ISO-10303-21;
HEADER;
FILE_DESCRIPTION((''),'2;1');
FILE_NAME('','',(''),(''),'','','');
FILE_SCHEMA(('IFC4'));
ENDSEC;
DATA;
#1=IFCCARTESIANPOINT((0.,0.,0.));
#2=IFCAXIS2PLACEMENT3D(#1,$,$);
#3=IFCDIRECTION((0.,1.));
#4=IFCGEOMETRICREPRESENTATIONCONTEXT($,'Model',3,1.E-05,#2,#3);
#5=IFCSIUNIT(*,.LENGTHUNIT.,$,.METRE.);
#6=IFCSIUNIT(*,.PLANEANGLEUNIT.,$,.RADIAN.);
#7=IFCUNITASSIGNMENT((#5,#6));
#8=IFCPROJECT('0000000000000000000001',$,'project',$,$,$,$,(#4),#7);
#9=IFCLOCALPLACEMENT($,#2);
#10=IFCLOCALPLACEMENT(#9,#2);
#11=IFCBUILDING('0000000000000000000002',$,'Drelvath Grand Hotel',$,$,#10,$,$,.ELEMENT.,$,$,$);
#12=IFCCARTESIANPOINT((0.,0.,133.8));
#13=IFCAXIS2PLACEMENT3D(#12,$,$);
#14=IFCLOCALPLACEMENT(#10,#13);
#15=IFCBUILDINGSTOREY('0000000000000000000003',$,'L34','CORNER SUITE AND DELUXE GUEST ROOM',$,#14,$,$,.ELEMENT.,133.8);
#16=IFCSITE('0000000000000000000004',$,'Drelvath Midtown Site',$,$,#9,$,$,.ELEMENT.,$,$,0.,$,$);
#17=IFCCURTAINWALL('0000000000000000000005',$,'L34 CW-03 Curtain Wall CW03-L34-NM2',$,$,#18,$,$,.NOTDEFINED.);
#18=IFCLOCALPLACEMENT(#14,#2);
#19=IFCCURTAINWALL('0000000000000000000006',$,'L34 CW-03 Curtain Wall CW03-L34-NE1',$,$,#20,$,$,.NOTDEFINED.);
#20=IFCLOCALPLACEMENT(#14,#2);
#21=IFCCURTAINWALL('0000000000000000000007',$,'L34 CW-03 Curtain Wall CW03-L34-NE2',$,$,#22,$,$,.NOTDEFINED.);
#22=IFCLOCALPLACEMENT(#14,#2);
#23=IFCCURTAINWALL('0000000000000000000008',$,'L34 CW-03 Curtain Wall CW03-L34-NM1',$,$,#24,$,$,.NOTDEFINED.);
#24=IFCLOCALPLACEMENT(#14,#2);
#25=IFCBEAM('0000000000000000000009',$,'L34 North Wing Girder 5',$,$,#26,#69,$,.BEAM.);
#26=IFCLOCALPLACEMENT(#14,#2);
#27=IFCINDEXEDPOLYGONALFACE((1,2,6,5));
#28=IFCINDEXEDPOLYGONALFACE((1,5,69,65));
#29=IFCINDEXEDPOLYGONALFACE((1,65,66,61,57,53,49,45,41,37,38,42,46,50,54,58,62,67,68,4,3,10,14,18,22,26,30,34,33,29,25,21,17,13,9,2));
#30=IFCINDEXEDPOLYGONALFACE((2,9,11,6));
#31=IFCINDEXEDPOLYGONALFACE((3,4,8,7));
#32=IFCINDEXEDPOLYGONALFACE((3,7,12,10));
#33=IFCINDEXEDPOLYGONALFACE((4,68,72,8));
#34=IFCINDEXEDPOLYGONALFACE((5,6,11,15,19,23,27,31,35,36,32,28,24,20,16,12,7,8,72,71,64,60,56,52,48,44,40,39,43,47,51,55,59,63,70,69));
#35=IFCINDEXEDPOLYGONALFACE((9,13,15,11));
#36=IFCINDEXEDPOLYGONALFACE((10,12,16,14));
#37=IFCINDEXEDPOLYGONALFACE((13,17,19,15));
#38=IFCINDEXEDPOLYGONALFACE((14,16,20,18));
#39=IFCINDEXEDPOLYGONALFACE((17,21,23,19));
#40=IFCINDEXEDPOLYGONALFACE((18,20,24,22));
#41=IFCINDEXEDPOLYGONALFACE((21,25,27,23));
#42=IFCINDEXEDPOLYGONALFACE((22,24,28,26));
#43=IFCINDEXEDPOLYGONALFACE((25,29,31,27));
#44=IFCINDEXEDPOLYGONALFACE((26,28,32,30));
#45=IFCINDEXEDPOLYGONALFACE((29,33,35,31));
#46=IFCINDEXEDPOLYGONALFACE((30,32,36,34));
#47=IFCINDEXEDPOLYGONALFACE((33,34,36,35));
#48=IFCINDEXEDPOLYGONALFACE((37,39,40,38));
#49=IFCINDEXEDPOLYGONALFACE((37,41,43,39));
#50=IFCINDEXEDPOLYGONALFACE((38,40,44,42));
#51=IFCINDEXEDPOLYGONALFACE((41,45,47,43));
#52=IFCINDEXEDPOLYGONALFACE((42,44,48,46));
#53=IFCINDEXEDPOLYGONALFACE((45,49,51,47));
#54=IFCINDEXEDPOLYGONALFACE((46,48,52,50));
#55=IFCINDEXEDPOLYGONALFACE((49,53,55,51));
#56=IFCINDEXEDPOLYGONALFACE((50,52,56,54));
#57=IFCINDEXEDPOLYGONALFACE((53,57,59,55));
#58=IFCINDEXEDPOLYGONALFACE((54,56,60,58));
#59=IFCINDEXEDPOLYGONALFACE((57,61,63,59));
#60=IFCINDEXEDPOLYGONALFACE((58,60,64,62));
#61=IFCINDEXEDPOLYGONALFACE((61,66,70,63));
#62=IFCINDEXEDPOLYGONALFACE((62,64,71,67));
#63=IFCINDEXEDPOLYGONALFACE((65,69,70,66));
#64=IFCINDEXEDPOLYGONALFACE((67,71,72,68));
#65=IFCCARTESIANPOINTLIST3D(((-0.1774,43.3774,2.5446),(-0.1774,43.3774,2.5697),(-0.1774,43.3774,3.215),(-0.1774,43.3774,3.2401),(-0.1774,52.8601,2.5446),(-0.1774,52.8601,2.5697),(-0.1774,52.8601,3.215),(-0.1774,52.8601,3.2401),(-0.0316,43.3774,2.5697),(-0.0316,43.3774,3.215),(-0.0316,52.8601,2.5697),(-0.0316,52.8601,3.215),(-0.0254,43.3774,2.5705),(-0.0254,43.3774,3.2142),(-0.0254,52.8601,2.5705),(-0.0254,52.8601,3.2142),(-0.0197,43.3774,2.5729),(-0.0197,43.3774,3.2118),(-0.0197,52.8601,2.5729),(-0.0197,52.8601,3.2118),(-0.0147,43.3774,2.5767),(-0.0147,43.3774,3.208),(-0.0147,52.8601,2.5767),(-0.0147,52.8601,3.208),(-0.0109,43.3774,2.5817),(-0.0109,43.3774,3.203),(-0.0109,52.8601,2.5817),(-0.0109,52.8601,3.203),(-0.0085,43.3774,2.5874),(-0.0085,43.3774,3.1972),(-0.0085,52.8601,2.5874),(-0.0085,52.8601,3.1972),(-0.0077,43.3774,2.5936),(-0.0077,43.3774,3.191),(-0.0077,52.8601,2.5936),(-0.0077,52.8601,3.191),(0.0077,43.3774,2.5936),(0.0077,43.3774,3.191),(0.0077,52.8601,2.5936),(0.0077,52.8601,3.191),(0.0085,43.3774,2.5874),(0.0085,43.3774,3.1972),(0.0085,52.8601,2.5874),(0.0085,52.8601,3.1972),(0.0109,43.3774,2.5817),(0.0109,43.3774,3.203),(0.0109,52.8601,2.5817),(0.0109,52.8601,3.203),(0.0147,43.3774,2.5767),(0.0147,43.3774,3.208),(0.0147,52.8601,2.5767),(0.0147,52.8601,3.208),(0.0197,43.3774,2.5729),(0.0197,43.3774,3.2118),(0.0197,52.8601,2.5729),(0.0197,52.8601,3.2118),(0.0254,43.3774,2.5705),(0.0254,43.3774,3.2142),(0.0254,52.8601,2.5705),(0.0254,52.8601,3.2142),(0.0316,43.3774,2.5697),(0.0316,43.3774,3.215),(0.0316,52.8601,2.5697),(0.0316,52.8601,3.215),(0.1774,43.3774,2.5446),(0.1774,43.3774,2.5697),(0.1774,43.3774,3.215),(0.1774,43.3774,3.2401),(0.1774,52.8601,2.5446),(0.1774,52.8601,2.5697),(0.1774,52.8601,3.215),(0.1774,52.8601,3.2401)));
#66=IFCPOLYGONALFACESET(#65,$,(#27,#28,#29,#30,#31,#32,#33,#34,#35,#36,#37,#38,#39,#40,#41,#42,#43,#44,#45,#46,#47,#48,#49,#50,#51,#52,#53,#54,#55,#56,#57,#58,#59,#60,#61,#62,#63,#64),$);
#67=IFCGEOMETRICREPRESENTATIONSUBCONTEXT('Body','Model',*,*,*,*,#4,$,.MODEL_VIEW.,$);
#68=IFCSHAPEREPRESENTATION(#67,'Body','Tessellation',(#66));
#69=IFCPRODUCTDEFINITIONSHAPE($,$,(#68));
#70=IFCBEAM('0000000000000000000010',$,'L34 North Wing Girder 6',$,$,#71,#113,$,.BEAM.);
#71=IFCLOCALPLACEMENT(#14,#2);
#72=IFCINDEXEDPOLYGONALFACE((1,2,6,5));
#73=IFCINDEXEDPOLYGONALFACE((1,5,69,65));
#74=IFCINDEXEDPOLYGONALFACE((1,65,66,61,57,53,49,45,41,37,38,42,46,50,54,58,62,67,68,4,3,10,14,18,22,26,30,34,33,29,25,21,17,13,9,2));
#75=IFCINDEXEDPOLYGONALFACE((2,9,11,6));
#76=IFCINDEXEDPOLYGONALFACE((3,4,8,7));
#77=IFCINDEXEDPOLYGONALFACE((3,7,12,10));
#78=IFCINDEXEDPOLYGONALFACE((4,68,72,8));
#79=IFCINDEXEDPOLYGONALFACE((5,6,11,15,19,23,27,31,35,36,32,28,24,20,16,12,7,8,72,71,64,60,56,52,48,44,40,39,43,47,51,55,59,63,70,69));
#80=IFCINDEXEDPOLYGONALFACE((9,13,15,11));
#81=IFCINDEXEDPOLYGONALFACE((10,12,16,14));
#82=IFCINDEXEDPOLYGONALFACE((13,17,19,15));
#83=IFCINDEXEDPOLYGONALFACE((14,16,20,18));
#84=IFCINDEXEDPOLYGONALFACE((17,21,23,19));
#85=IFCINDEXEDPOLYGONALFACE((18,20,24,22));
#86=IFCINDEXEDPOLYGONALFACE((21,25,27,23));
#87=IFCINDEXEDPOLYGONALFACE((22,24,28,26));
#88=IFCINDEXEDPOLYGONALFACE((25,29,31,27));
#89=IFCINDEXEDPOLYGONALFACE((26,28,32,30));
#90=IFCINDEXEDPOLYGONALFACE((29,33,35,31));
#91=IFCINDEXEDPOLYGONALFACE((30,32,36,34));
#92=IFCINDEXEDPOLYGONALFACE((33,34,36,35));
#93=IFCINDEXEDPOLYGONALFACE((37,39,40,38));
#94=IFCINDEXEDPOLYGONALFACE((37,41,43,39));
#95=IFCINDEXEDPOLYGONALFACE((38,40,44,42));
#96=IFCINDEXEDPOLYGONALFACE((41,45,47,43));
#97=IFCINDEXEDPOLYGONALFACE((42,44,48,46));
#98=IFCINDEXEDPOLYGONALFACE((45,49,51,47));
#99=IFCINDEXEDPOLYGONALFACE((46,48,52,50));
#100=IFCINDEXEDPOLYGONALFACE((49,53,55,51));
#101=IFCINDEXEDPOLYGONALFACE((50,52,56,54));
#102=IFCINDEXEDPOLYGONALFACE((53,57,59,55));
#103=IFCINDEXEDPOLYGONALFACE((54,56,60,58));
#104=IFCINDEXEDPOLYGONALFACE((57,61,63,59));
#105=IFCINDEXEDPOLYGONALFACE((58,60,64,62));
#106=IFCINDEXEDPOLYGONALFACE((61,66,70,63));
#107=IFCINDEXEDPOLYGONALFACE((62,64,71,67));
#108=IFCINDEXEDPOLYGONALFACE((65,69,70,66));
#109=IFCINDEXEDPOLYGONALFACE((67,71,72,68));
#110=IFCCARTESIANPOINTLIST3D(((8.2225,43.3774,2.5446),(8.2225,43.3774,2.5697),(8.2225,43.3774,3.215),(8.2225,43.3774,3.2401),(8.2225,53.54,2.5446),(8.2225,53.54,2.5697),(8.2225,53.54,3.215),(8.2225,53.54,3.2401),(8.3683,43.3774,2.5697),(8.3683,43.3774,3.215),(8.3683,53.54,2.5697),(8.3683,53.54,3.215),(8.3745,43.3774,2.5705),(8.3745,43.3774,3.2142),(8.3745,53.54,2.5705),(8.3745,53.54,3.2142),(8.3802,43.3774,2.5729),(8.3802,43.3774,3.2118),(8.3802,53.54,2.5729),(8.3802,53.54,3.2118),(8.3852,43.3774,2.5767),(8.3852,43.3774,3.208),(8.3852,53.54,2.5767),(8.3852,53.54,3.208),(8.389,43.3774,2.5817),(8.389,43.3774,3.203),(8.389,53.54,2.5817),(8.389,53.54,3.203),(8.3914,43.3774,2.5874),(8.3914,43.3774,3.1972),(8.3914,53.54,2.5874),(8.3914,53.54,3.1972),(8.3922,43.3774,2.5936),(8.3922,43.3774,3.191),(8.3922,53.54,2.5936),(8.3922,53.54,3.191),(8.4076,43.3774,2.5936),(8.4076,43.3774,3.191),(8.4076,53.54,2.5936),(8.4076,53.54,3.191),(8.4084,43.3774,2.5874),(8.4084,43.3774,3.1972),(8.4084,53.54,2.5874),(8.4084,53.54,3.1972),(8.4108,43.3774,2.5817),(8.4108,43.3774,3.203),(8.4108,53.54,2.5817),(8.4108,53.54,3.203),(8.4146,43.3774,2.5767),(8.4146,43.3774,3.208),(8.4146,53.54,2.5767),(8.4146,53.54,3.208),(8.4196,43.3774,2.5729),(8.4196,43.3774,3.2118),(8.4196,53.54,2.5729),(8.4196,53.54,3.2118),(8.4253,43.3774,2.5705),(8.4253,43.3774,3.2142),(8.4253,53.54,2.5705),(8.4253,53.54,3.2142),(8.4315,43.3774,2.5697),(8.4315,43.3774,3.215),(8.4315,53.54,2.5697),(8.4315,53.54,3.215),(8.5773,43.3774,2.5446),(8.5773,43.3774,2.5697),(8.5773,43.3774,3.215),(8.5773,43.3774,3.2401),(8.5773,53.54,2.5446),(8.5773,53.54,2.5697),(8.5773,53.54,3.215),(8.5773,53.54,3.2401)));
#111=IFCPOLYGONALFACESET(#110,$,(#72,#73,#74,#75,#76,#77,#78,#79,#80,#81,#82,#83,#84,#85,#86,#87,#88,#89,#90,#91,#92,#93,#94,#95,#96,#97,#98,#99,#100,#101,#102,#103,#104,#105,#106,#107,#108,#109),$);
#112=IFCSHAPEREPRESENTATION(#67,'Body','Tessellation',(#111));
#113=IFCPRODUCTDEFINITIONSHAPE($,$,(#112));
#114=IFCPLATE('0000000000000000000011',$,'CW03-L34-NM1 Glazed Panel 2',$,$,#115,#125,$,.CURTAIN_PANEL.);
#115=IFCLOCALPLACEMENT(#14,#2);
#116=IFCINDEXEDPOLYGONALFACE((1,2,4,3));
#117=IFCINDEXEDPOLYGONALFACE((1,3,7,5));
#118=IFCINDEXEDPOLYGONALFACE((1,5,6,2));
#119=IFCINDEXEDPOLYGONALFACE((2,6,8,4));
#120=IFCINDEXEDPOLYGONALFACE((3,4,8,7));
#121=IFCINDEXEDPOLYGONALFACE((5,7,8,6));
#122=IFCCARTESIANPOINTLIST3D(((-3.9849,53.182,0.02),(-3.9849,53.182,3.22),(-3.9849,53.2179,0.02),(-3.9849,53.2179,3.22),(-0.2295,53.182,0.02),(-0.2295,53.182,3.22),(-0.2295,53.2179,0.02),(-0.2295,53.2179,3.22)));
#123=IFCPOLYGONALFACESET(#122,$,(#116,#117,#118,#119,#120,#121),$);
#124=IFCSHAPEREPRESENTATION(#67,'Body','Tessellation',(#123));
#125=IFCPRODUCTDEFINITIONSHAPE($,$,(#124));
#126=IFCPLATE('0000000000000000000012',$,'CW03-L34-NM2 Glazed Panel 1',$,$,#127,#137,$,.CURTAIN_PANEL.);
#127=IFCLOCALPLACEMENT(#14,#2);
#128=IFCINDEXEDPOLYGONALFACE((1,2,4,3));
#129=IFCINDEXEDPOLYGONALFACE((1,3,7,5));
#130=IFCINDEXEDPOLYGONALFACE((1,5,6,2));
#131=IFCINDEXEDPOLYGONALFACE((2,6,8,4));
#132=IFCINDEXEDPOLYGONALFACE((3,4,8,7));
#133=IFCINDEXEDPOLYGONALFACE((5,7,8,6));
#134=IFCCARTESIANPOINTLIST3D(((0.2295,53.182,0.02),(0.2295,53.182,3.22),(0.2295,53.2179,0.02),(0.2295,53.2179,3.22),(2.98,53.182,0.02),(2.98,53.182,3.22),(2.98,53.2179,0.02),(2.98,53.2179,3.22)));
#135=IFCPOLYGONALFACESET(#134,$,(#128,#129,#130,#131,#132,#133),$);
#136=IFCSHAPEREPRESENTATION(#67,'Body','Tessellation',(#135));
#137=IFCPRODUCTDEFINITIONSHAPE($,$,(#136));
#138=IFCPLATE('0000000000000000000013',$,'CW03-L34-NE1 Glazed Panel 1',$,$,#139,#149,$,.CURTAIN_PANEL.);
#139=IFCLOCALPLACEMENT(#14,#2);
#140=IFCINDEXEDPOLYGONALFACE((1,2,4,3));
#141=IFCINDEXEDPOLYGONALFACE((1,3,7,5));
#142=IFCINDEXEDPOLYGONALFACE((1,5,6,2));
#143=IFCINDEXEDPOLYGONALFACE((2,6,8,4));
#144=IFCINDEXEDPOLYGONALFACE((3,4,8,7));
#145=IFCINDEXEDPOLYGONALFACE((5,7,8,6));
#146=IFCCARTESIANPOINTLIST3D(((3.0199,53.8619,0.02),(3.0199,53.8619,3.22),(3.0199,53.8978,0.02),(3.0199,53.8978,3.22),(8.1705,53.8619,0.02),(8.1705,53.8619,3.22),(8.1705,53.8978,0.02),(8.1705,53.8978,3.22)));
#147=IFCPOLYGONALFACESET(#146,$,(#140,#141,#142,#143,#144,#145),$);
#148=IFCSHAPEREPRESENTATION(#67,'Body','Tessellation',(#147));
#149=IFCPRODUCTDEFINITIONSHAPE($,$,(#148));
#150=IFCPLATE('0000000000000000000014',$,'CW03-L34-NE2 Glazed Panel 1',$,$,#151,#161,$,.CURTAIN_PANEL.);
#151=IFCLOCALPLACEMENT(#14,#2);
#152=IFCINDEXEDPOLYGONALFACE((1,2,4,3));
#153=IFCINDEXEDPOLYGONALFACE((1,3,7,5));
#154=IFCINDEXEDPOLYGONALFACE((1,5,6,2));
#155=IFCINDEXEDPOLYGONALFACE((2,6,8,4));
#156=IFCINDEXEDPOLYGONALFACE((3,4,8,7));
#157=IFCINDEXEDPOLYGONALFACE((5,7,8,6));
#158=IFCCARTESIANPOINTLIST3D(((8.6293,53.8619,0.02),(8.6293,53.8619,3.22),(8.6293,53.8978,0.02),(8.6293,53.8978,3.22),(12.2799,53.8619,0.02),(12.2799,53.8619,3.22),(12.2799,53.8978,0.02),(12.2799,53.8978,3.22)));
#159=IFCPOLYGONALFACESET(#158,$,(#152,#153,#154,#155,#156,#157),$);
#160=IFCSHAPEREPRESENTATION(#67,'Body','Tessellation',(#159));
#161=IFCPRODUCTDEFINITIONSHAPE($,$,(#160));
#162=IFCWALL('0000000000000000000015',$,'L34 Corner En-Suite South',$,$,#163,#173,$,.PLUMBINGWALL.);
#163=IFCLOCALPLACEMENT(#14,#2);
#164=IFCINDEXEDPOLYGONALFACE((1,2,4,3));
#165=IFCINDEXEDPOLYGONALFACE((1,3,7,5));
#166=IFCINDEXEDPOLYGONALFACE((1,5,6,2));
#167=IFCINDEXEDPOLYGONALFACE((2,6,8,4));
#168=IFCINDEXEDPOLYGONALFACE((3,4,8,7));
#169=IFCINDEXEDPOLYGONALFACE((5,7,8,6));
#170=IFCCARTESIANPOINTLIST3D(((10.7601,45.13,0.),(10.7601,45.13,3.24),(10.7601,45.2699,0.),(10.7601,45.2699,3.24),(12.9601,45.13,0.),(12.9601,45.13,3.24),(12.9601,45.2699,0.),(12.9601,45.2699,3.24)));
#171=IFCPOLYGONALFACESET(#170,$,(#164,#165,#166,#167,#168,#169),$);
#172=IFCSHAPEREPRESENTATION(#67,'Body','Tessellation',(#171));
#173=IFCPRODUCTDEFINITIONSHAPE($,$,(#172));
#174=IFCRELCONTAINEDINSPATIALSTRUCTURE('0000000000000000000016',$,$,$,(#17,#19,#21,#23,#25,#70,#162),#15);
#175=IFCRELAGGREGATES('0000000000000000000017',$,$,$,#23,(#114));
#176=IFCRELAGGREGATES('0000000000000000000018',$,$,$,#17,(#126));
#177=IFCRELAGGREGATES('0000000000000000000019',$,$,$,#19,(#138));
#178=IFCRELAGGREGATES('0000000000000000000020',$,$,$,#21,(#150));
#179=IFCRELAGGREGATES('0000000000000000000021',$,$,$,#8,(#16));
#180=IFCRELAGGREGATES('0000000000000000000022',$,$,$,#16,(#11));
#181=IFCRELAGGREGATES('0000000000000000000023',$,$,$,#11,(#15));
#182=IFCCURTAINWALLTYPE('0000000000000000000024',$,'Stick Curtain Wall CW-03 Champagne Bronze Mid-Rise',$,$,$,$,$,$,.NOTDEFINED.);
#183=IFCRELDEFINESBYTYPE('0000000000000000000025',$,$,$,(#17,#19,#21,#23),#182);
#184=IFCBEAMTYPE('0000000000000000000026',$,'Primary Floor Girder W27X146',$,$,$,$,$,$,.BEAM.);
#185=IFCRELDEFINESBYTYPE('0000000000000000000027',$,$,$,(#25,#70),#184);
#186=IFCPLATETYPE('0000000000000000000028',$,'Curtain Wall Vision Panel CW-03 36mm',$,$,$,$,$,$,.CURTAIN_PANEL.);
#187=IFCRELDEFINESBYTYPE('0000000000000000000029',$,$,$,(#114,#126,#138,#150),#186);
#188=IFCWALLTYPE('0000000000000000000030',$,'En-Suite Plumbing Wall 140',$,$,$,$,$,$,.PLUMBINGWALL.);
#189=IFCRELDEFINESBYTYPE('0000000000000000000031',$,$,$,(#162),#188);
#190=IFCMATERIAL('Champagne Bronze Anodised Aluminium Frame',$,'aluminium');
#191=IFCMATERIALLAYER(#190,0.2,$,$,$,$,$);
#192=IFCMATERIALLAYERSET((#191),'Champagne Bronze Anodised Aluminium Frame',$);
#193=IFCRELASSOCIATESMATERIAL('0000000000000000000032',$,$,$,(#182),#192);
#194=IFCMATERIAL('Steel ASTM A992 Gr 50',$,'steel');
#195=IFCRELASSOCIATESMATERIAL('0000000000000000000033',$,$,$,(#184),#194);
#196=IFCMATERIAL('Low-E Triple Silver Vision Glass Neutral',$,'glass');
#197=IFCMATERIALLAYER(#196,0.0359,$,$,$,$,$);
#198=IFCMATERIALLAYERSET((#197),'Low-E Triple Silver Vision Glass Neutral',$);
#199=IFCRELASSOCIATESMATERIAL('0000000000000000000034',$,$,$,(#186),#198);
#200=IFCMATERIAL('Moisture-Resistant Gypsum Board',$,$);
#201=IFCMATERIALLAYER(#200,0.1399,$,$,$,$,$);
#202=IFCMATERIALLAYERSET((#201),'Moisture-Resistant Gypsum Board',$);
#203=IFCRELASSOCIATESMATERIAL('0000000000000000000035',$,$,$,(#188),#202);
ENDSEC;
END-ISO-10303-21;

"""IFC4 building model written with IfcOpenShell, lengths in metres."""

from ifc_helpers import new_model, si_unit, direction, frame, frame_2d, origin, origin_2d, place, context, subcontext, project, spatial, rectangle, i_section, extrude, material, layer, layer_set, material_profile, profile_set, type_object, element, aggregate, save


model = new_model("IFC4")

# Units and contexts
model_context = context("Model", 3, precision=1e-05, world=origin(), true_north=direction((0.0, 1.0)))
body_context = subcontext(model_context, "Body", "Model", "MODEL_VIEW")
ifc_project = project(units=[si_unit("LENGTHUNIT", "METRE"), si_unit("PLANEANGLEUNIT", "RADIAN")], contexts=[model_context])

# Site, building, storey
site_placement = place(None, origin())
site = spatial("IfcSite", under=ifc_project, at=site_placement, Name="Drelvath Midtown Site", CompositionType="ELEMENT", RefElevation=0.0)
building_placement = place(site_placement, origin())
building = spatial("IfcBuilding", under=site, at=building_placement, Name="Drelvath Grand Hotel", CompositionType="ELEMENT")
storey_placement = place(building_placement, frame((0.0, 0.0, 133.8)))
storey = spatial("IfcBuildingStorey", under=building, at=storey_placement, Name="L34", Description="CORNER SUITE AND DELUXE GUEST ROOM", CompositionType="ELEMENT", Elevation=133.8)

# Curtain walls
ifc_material_1 = material(Name="Champagne Bronze Anodised Aluminium Frame", Category="aluminium")
ifc_layer_1 = layer(ifc_material_1, 0.2)
ifc_layer_set_1 = layer_set([ifc_layer_1], Name="Champagne Bronze Anodised Aluminium Frame")
curtain_wall_type = type_object("IfcCurtainWallType", Name="Stick Curtain Wall CW-03 Champagne Bronze Mid-Rise", PredefinedType="NOTDEFINED", material=ifc_layer_set_1)
curtain_wall_1_placement = place(storey_placement, origin())
curtain_wall_1 = element("IfcCurtainWall", 1, at=curtain_wall_1_placement, inside=storey, type_object=curtain_wall_type, Name="L34 CW-03 Curtain Wall CW03-L34-NM2", PredefinedType="NOTDEFINED")
curtain_wall_2_placement = place(storey_placement, origin())
curtain_wall_2 = element("IfcCurtainWall", 2, at=curtain_wall_2_placement, inside=storey, type_object=curtain_wall_type, Name="L34 CW-03 Curtain Wall CW03-L34-NE1", PredefinedType="NOTDEFINED")
curtain_wall_3_placement = place(storey_placement, origin())
curtain_wall_3 = element("IfcCurtainWall", 3, at=curtain_wall_3_placement, inside=storey, type_object=curtain_wall_type, Name="L34 CW-03 Curtain Wall CW03-L34-NE2", PredefinedType="NOTDEFINED")
curtain_wall_4_placement = place(storey_placement, origin())
curtain_wall_4 = element("IfcCurtainWall", 4, at=curtain_wall_4_placement, inside=storey, type_object=curtain_wall_type, Name="L34 CW-03 Curtain Wall CW03-L34-NM1", PredefinedType="NOTDEFINED")

# Beams
ifc_material_2 = material(Name="Steel ASTM A992 Gr 50", Category="steel")
ifc_material_profile_1 = material_profile(ifc_material_2, i_section(OverallWidth=0.3547, OverallDepth=0.6956, WebThickness=0.0154, FlangeThickness=0.0251, FilletRadius=0.0239, at=origin_2d()), Name="W27X146")
ifc_profile_set_1 = profile_set([ifc_material_profile_1], Name="Steel ASTM A992 Gr 50")
beam_type_1 = type_object("IfcBeamType", Name="Primary Floor Girder W27X146", PredefinedType="BEAM", material=ifc_profile_set_1)
beam_1_placement = place(storey_placement, frame((0.0, 43.3774, 2.8923), z_axis=(0.0, 1.0, 0.0), x_axis=(-1.0, 0.0, 0.0)))
element("IfcBeam", 5, at=beam_1_placement, inside=storey, type_object=beam_type_1, Name="L34 North Wing Girder 5", PredefinedType="BEAM", context=body_context, shape_type="SweptSolid", body=[
    extrude(i_section(OverallWidth=0.3547, OverallDepth=0.6956, WebThickness=0.0154, FlangeThickness=0.0251, FilletRadius=0.0239, at=origin_2d()), origin(), (0.0, 0.0, 1.0), 9.4827),
])
beam_2_placement = place(storey_placement, frame((8.3999, 43.3774, 2.8923), z_axis=(0.0, 1.0, 0.0), x_axis=(-1.0, 0.0, 0.0)))
element("IfcBeam", 6, at=beam_2_placement, inside=storey, type_object=beam_type_1, Name="L34 North Wing Girder 6", PredefinedType="BEAM", context=body_context, shape_type="SweptSolid", body=[
    extrude(i_section(OverallWidth=0.3547, OverallDepth=0.6956, WebThickness=0.0154, FlangeThickness=0.0251, FilletRadius=0.0239, at=origin_2d()), origin(), (0.0, 0.0, 1.0), 10.1626),
])

# Plates
ifc_material_3 = material(Name="Low-E Triple Silver Vision Glass Neutral", Category="glass")
ifc_layer_2 = layer(ifc_material_3, 0.0359)
ifc_layer_set_2 = layer_set([ifc_layer_2], Name="Low-E Triple Silver Vision Glass Neutral")
plate_type = type_object("IfcPlateType", Name="Curtain Wall Vision Panel CW-03 36mm", PredefinedType="CURTAIN_PANEL", material=ifc_layer_set_2)
plate_1_placement = place(storey_placement, frame((-2.1072, 53.2, 0.02), z_axis=(0.0, 0.0, 1.0), x_axis=(1.0, 0.0, 0.0)))
plate_1 = element("IfcPlate", 7, at=plate_1_placement, type_object=plate_type, Name="CW03-L34-NM1 Glazed Panel 2", PredefinedType="CURTAIN_PANEL", context=body_context, shape_type="SweptSolid", body=[
    extrude(rectangle(XDim=3.7554, YDim=0.0359, at=origin_2d()), origin(), (0.0, 0.0, 1.0), 3.2),
])
aggregate(curtain_wall_4, [plate_1])
plate_2_placement = place(storey_placement, frame((1.6047, 53.2, 0.02), z_axis=(0.0, 0.0, 1.0), x_axis=(1.0, 0.0, 0.0)))
plate_2 = element("IfcPlate", 8, at=plate_2_placement, type_object=plate_type, Name="CW03-L34-NM2 Glazed Panel 1", PredefinedType="CURTAIN_PANEL", context=body_context, shape_type="SweptSolid", body=[
    extrude(rectangle(XDim=2.7505, YDim=0.0359, at=origin_2d()), origin(), (0.0, 0.0, 1.0), 3.2),
])
aggregate(curtain_wall_1, [plate_2])
plate_3_placement = place(storey_placement, frame((5.5952, 53.8799, 0.02), z_axis=(0.0, 0.0, 1.0), x_axis=(1.0, 0.0, 0.0)))
plate_3 = element("IfcPlate", 9, at=plate_3_placement, type_object=plate_type, Name="CW03-L34-NE1 Glazed Panel 1", PredefinedType="CURTAIN_PANEL", context=body_context, shape_type="SweptSolid", body=[
    extrude(rectangle(XDim=5.1506, YDim=0.0359, at=origin_2d()), origin(), (0.0, 0.0, 1.0), 3.2),
])
aggregate(curtain_wall_2, [plate_3])
plate_4_placement = place(storey_placement, frame((10.4546, 53.8799, 0.02), z_axis=(0.0, 0.0, 1.0), x_axis=(1.0, 0.0, 0.0)))
plate_4 = element("IfcPlate", 10, at=plate_4_placement, type_object=plate_type, Name="CW03-L34-NE2 Glazed Panel 1", PredefinedType="CURTAIN_PANEL", context=body_context, shape_type="SweptSolid", body=[
    extrude(rectangle(XDim=3.6506, YDim=0.0359, at=origin_2d()), origin(), (0.0, 0.0, 1.0), 3.2),
])
aggregate(curtain_wall_3, [plate_4])

# Wall
ifc_material_4 = material(Name="Moisture-Resistant Gypsum Board")
ifc_layer_3 = layer(ifc_material_4, 0.1399)
ifc_layer_set_3 = layer_set([ifc_layer_3], Name="Moisture-Resistant Gypsum Board")
wall_type_1 = type_object("IfcWallType", Name="En-Suite Plumbing Wall 140", PredefinedType="PLUMBINGWALL", material=ifc_layer_set_3)
wall_1_placement = place(storey_placement, frame((10.76, 45.2, 0.0), z_axis=(0.0, 0.0, 1.0), x_axis=(1.0, 0.0, 0.0)))
element("IfcWall", 11, at=wall_1_placement, inside=storey, type_object=wall_type_1, Name="L34 Corner En-Suite South", PredefinedType="PLUMBINGWALL", context=body_context, shape_type="SweptSolid", body=[
    extrude(rectangle(XDim=2.2, YDim=0.1399, at=frame_2d((1.1001, 0.0))), origin(), (0.0, 0.0, 1.0), 3.24),
])

save(model, "model.ifc")
